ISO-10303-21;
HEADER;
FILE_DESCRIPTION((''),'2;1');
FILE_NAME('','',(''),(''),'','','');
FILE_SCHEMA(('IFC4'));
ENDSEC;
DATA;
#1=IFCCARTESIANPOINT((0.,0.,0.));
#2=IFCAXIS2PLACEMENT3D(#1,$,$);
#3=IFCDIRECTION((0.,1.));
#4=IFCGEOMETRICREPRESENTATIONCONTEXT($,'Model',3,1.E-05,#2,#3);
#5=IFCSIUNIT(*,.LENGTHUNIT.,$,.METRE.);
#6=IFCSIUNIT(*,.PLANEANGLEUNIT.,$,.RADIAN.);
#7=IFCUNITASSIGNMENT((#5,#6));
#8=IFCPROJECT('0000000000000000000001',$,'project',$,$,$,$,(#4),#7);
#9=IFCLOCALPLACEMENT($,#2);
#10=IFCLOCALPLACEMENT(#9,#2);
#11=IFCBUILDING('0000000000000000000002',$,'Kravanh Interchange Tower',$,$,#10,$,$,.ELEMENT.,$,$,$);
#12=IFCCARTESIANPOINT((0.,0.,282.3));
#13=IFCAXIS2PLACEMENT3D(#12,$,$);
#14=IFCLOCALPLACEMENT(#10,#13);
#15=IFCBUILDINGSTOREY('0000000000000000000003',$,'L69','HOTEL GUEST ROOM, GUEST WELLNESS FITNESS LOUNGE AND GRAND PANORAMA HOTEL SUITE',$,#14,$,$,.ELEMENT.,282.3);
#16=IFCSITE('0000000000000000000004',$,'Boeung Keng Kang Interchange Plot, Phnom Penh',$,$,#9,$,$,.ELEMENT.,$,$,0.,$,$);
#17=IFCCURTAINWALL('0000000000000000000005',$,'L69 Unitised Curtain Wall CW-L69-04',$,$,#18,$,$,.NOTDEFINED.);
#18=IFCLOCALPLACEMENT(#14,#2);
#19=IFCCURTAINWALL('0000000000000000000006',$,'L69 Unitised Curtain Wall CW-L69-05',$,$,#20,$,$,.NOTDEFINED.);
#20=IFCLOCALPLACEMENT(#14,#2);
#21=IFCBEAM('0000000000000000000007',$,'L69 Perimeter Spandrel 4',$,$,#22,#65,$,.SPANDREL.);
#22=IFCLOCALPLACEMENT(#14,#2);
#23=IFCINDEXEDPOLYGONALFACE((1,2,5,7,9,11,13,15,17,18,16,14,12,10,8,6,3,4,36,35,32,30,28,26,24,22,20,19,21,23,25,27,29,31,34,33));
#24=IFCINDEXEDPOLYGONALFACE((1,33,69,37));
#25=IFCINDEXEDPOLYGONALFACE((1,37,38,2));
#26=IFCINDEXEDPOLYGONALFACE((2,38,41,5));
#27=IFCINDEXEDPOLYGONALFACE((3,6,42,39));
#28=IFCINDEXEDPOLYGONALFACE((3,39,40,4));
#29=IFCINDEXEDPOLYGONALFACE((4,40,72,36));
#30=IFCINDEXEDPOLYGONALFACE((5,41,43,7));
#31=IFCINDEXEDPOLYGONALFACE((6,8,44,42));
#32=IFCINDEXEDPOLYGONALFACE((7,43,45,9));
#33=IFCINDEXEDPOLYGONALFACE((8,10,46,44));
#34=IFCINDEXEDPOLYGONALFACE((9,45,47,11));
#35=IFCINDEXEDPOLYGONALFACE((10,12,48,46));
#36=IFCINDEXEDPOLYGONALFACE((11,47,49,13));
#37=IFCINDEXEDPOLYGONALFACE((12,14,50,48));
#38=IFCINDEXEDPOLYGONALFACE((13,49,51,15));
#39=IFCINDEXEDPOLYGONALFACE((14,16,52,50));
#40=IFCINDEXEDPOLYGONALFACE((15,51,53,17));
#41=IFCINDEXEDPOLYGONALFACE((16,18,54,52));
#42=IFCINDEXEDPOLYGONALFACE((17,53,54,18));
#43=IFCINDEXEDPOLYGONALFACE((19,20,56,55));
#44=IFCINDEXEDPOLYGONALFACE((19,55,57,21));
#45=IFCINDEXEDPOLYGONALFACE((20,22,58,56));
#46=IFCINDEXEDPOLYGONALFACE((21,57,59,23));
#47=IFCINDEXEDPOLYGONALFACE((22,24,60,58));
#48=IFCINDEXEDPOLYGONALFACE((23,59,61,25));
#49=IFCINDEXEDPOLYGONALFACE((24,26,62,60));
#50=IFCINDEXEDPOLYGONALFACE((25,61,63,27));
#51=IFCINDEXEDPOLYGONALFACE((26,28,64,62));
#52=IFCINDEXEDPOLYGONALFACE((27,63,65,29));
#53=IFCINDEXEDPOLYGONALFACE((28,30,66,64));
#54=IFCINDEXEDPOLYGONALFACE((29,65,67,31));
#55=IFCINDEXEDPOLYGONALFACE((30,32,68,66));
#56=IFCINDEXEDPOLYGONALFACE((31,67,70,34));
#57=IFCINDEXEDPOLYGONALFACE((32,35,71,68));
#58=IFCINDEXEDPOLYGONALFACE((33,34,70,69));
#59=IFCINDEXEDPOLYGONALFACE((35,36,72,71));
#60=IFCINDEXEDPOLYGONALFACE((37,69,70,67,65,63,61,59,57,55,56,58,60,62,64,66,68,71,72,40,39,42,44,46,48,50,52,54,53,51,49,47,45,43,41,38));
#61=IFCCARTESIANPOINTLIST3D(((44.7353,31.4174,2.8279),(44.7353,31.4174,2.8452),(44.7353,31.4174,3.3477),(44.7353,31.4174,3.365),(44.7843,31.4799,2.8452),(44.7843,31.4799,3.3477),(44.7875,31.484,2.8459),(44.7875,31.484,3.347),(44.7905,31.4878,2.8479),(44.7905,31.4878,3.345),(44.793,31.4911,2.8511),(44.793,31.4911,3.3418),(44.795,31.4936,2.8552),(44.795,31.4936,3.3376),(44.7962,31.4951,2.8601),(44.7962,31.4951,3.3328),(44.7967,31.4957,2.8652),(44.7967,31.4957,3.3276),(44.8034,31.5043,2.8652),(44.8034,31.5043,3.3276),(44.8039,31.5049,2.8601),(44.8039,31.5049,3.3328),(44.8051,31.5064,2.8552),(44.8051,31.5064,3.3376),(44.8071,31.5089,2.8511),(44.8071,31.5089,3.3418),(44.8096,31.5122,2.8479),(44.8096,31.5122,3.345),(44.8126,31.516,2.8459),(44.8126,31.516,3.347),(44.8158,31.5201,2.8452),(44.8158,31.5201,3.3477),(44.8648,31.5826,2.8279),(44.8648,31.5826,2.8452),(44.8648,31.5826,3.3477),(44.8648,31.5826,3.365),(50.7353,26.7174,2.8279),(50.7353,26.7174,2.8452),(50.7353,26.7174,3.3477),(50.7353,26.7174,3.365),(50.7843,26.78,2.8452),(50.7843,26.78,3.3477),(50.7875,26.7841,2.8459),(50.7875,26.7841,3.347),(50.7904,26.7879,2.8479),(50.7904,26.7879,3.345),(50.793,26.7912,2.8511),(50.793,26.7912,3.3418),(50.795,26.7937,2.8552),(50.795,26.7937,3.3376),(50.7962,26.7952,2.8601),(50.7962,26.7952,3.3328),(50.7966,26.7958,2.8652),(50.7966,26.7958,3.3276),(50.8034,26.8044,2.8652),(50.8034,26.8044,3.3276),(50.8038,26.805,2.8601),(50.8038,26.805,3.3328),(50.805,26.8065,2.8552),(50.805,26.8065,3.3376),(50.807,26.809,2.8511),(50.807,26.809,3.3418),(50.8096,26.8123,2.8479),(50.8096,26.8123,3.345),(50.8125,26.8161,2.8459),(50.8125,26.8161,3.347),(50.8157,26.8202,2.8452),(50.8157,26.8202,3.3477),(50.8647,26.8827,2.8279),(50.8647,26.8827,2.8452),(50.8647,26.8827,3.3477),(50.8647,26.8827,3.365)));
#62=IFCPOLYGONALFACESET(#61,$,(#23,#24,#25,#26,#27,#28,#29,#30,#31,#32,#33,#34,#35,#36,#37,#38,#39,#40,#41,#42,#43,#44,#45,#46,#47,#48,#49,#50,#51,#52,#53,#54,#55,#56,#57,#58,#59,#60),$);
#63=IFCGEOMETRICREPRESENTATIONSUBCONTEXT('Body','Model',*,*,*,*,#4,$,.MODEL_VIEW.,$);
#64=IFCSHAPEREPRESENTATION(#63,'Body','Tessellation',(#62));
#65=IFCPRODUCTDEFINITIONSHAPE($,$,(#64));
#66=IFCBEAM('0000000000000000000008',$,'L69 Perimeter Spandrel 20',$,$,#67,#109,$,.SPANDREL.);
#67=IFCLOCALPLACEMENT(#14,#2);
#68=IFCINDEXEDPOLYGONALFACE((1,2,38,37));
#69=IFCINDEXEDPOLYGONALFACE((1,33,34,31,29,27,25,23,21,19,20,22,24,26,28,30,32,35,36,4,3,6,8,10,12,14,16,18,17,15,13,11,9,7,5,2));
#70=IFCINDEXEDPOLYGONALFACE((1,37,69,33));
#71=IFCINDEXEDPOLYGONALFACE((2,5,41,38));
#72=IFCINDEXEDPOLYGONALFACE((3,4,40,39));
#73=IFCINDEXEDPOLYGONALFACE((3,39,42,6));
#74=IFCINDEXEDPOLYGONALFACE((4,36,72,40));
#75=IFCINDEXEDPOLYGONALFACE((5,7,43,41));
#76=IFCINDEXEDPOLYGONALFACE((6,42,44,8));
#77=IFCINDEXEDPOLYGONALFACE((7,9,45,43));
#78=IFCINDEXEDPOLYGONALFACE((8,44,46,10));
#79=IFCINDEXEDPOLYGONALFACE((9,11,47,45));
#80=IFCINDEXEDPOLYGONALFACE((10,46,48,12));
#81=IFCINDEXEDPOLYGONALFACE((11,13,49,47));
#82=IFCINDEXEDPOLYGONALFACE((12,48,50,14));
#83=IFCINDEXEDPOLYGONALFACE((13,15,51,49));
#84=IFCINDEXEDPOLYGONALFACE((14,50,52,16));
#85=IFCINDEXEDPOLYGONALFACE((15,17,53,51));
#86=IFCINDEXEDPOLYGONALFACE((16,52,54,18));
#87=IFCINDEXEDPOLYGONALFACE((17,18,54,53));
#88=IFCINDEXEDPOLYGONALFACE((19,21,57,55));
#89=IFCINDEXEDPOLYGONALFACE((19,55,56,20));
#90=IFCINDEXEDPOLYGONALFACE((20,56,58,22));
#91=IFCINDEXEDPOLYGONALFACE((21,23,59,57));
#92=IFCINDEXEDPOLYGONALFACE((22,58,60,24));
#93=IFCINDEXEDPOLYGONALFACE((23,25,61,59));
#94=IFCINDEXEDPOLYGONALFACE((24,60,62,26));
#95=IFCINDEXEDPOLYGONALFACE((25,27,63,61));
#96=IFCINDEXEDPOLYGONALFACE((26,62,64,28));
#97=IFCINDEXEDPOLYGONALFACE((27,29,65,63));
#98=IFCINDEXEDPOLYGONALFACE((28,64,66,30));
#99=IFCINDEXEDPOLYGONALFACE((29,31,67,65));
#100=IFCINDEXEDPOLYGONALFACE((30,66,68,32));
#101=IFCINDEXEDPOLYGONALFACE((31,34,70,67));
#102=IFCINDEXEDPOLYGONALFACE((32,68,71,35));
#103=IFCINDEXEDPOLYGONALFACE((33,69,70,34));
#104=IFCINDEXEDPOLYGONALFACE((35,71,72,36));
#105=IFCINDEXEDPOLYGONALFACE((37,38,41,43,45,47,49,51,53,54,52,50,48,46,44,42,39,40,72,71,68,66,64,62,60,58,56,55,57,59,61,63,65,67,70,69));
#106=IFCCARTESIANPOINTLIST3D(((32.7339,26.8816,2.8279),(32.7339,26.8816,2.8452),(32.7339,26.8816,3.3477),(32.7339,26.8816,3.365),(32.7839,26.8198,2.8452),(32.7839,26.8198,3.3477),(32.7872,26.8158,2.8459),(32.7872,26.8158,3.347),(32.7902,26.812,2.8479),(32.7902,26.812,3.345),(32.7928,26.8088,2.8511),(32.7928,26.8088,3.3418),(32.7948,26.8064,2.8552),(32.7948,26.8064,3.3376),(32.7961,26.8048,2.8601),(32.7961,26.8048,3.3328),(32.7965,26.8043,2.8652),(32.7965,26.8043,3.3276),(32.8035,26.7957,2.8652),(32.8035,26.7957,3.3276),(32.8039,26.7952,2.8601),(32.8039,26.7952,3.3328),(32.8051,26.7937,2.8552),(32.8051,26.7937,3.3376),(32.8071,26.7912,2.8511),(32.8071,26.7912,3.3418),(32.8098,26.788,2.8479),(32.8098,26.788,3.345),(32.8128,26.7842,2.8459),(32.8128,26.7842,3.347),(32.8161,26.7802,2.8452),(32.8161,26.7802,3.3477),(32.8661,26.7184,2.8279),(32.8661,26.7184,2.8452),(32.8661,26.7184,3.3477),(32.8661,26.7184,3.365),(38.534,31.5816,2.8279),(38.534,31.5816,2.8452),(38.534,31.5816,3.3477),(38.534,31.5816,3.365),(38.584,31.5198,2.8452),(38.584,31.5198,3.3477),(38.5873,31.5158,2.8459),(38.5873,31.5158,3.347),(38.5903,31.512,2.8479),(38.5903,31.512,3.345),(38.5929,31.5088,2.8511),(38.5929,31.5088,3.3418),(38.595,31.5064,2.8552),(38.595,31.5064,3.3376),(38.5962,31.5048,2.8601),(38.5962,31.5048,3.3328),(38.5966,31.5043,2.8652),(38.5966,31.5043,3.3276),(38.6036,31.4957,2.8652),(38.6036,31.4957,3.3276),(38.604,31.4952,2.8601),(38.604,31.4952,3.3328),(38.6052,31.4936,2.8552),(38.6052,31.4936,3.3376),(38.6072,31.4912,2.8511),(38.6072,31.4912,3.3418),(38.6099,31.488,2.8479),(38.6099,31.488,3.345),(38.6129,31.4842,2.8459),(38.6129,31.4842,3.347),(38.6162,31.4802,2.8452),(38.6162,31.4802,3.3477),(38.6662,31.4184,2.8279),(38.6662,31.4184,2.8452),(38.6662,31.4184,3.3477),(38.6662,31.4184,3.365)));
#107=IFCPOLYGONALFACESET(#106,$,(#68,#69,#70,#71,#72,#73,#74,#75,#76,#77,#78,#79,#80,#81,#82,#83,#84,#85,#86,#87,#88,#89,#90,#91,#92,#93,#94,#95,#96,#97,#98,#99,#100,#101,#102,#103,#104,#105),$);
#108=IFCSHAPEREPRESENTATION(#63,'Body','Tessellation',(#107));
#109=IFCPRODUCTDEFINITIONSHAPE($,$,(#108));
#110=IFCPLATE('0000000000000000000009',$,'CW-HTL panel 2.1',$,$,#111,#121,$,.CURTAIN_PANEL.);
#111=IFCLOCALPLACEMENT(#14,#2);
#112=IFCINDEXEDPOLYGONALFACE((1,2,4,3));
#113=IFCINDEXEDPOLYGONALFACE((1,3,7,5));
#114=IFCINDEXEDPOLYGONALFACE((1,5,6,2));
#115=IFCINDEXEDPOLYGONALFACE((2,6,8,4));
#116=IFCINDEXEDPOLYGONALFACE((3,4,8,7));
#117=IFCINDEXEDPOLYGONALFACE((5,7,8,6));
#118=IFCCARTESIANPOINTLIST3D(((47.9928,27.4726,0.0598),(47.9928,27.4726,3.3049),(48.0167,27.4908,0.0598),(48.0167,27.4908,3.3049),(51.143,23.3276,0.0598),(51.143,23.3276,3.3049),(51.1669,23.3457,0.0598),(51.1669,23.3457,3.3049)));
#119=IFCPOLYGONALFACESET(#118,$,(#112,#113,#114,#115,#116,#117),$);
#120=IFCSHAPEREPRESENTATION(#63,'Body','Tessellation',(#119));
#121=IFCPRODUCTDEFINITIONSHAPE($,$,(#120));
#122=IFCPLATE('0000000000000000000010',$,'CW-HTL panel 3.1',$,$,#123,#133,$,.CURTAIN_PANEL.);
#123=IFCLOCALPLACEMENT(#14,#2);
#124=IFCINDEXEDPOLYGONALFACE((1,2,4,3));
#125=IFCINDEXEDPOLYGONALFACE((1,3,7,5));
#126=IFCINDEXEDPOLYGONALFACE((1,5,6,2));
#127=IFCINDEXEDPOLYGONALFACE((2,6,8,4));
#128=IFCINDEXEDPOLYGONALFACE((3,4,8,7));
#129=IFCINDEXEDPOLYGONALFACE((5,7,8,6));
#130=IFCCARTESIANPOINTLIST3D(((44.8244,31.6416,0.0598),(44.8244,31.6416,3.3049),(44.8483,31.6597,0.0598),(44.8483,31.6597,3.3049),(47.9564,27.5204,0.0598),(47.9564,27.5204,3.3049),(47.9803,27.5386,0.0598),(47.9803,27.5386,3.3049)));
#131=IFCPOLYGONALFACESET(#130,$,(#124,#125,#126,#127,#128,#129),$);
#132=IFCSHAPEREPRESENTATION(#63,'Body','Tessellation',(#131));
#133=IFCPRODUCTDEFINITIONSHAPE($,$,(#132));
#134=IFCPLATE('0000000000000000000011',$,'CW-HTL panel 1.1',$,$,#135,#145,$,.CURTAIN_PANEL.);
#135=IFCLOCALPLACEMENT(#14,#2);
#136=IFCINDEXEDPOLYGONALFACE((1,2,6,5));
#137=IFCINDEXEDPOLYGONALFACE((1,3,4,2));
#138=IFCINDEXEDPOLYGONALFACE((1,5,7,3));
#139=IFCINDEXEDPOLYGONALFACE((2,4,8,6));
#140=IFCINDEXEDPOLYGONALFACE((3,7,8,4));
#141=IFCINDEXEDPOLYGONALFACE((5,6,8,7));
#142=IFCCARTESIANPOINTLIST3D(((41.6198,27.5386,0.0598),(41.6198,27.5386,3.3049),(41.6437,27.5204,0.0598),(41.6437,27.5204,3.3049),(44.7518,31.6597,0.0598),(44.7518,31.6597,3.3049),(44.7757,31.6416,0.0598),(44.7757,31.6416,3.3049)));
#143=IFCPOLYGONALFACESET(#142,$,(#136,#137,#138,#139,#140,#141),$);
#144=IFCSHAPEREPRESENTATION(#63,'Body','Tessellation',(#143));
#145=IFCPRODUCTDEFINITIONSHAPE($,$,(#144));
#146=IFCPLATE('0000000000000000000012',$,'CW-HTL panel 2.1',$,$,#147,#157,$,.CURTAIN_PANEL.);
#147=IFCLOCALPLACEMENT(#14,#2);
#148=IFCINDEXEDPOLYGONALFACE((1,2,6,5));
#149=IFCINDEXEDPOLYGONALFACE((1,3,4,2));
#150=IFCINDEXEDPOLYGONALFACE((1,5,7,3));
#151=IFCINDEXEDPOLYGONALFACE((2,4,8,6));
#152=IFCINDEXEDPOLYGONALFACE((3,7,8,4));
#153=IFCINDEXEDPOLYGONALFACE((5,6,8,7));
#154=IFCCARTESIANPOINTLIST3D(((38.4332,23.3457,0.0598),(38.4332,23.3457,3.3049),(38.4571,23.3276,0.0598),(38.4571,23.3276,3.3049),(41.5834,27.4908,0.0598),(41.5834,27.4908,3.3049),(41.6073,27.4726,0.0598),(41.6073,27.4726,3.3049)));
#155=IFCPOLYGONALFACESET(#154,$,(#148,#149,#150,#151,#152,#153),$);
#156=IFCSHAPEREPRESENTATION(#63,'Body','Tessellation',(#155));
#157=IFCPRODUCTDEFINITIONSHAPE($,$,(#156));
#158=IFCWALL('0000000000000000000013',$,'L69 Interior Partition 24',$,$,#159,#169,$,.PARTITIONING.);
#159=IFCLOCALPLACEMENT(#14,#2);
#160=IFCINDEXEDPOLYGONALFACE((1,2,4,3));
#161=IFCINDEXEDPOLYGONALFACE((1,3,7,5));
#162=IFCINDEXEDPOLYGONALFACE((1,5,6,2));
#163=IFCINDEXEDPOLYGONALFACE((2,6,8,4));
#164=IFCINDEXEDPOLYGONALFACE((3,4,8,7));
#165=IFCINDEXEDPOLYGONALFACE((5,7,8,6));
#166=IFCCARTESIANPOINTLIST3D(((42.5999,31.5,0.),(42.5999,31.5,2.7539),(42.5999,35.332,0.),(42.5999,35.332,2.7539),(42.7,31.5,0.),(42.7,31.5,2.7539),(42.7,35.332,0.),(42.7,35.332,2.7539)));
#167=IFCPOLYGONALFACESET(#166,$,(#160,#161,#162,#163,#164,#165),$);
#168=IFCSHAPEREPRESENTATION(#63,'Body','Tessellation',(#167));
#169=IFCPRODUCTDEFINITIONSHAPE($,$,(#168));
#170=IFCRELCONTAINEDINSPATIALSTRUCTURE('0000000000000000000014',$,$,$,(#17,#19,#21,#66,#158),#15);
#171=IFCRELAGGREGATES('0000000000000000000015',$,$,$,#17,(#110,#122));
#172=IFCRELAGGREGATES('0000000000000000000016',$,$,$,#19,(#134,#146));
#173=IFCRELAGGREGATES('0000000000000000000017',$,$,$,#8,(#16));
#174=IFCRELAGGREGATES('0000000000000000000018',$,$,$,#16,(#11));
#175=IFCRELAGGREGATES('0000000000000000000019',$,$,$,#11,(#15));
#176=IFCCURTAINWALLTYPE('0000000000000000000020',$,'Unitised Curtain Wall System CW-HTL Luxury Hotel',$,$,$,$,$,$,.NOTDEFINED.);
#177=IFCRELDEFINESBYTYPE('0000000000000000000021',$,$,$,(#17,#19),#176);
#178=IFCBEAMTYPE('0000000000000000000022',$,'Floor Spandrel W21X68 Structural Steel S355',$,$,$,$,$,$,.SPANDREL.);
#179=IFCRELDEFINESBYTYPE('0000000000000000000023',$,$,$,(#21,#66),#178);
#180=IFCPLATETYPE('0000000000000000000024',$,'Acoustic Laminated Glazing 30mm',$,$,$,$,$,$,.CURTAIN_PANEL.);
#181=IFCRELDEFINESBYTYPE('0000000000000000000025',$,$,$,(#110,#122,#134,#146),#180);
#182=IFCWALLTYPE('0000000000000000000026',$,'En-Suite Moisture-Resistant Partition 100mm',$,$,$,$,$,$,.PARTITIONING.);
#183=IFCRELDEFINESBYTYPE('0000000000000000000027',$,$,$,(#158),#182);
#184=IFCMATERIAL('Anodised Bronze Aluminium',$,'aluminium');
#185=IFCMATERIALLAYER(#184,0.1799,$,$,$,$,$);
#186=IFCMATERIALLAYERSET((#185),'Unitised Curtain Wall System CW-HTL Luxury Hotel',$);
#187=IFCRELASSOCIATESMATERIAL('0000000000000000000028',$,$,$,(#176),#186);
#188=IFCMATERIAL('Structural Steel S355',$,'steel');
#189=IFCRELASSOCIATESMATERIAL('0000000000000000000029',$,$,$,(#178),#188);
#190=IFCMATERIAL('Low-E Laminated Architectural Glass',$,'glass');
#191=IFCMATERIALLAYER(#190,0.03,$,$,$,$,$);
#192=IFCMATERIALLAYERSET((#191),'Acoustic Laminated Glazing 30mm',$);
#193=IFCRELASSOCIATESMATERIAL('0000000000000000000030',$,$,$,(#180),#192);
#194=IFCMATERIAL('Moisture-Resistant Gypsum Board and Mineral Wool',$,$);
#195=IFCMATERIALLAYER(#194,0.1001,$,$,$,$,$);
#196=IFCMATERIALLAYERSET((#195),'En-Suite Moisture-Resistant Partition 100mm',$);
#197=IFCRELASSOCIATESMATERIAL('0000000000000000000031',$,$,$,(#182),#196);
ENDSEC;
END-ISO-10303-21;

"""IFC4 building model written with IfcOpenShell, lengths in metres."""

from ifc_helpers import new_model, si_unit, direction, frame, frame_2d, origin, origin_2d, place, context, subcontext, project, spatial, rectangle, i_section, extrude, material, layer, layer_set, material_profile, profile_set, type_object, element, aggregate, save


model = new_model("IFC4")

# Units and contexts
model_context = context("Model", 3, precision=1e-05, world=origin(), true_north=direction((0.0, 1.0)))
body_context = subcontext(model_context, "Body", "Model", "MODEL_VIEW")
ifc_project = project(units=[si_unit("LENGTHUNIT", "METRE"), si_unit("PLANEANGLEUNIT", "RADIAN")], contexts=[model_context])

# Site, building, storey
site_placement = place(None, origin())
site = spatial("IfcSite", under=ifc_project, at=site_placement, Name="Boeung Keng Kang Interchange Plot, Phnom Penh", CompositionType="ELEMENT", RefElevation=0.0)
building_placement = place(site_placement, origin())
building = spatial("IfcBuilding", under=site, at=building_placement, Name="Kravanh Interchange Tower", CompositionType="ELEMENT")
storey_placement = place(building_placement, frame((0.0, 0.0, 282.3)))
storey = spatial("IfcBuildingStorey", under=building, at=storey_placement, Name="L69", Description="HOTEL GUEST ROOM, GUEST WELLNESS FITNESS LOUNGE AND GRAND PANORAMA HOTEL SUITE", CompositionType="ELEMENT", Elevation=282.3)

# Curtain walls
ifc_material_1 = material(Name="Anodised Bronze Aluminium", Category="aluminium")
ifc_layer_1 = layer(ifc_material_1, 0.1799)
ifc_layer_set_1 = layer_set([ifc_layer_1], Name="Unitised Curtain Wall System CW-HTL Luxury Hotel")
curtain_wall_type = type_object("IfcCurtainWallType", Name="Unitised Curtain Wall System CW-HTL Luxury Hotel", PredefinedType="NOTDEFINED", material=ifc_layer_set_1)
curtain_wall_1_placement = place(storey_placement, origin())
curtain_wall_1 = element("IfcCurtainWall", 1, at=curtain_wall_1_placement, inside=storey, type_object=curtain_wall_type, Name="L69 Unitised Curtain Wall CW-L69-04", PredefinedType="NOTDEFINED")
curtain_wall_2_placement = place(storey_placement, origin())
curtain_wall_2 = element("IfcCurtainWall", 2, at=curtain_wall_2_placement, inside=storey, type_object=curtain_wall_type, Name="L69 Unitised Curtain Wall CW-L69-05", PredefinedType="NOTDEFINED")

# Beams
ifc_material_2 = material(Name="Structural Steel S355", Category="steel")
ifc_material_profile_1 = material_profile(ifc_material_2, i_section(OverallWidth=0.21, OverallDepth=0.5371, WebThickness=0.011, FlangeThickness=0.0173, FilletRadius=0.02, at=origin_2d()), Name="W21X68")
ifc_profile_set_1 = profile_set([ifc_material_profile_1], Name="Structural Steel S355")
beam_type_1 = type_object("IfcBeamType", Name="Floor Spandrel W21X68 Structural Steel S355", PredefinedType="SPANDREL", material=ifc_profile_set_1)
beam_1_placement = place(storey_placement, frame((44.8, 31.5, 3.0964), z_axis=(0.787231, -0.616658, 0.0), x_axis=(0.616658, 0.787231, 0.0)))
element("IfcBeam", 3, at=beam_1_placement, inside=storey, type_object=beam_type_1, Name="L69 Perimeter Spandrel 4", PredefinedType="SPANDREL", context=body_context, shape_type="SweptSolid", body=[
    extrude(i_section(OverallWidth=0.21, OverallDepth=0.5371, WebThickness=0.011, FlangeThickness=0.0173, FilletRadius=0.02, at=origin_2d()), origin(), (0.0, 0.0, 1.0), 7.6216),
])
beam_2_placement = place(storey_placement, frame((38.6001, 31.5, 3.0964), z_axis=(-0.776939, -0.629576, 0.0), x_axis=(0.629576, -0.776939, 0.0)))
element("IfcBeam", 4, at=beam_2_placement, inside=storey, type_object=beam_type_1, Name="L69 Perimeter Spandrel 20", PredefinedType="SPANDREL", context=body_context, shape_type="SweptSolid", body=[
    extrude(i_section(OverallWidth=0.21, OverallDepth=0.5371, WebThickness=0.011, FlangeThickness=0.0173, FilletRadius=0.02, at=origin_2d()), origin(), (0.0, 0.0, 1.0), 7.4653),
])

# Plates
ifc_material_3 = material(Name="Low-E Laminated Architectural Glass", Category="glass")
ifc_layer_2 = layer(ifc_material_3, 0.03)
ifc_layer_set_2 = layer_set([ifc_layer_2], Name="Acoustic Laminated Glazing 30mm")
plate_type = type_object("IfcPlateType", Name="Acoustic Laminated Glazing 30mm", PredefinedType="CURTAIN_PANEL", material=ifc_layer_set_2)
plate_1_placement = place(storey_placement, frame((49.5798, 25.4092, 0.0598), z_axis=(0.0, 0.0, 1.0), x_axis=(-0.605083, 0.796162, 0.0)))
plate_1 = element("IfcPlate", 5, at=plate_1_placement, type_object=plate_type, Name="CW-HTL panel 2.1", PredefinedType="CURTAIN_PANEL", context=body_context, shape_type="SweptSolid", body=[
    extrude(rectangle(XDim=5.2063, YDim=0.03, at=origin_2d()), origin(), (0.0, 0.0, 1.0), 3.2451),
])
plate_2_placement = place(storey_placement, frame((46.4023, 29.5901, 0.0598), z_axis=(0.0, 0.0, 1.0), x_axis=(-0.605083, 0.796162, 0.0)))
plate_2 = element("IfcPlate", 6, at=plate_2_placement, type_object=plate_type, Name="CW-HTL panel 3.1", PredefinedType="CURTAIN_PANEL", context=body_context, shape_type="SweptSolid", body=[
    extrude(rectangle(XDim=5.1763, YDim=0.03, at=origin_2d()), origin(), (0.0, 0.0, 1.0), 3.2451),
])
aggregate(curtain_wall_1, [plate_1, plate_2])
plate_3_placement = place(storey_placement, frame((43.1978, 29.5901, 0.0598), z_axis=(0.0, 0.0, 1.0), x_axis=(-0.605083, -0.796162, 0.0)))
plate_3 = element("IfcPlate", 7, at=plate_3_placement, type_object=plate_type, Name="CW-HTL panel 1.1", PredefinedType="CURTAIN_PANEL", context=body_context, shape_type="SweptSolid", body=[
    extrude(rectangle(XDim=5.1763, YDim=0.03, at=origin_2d()), origin(), (0.0, 0.0, 1.0), 3.2451),
])
plate_4_placement = place(storey_placement, frame((40.0203, 25.4092, 0.0598), z_axis=(0.0, 0.0, 1.0), x_axis=(-0.605083, -0.796162, 0.0)))
plate_4 = element("IfcPlate", 8, at=plate_4_placement, type_object=plate_type, Name="CW-HTL panel 2.1", PredefinedType="CURTAIN_PANEL", context=body_context, shape_type="SweptSolid", body=[
    extrude(rectangle(XDim=5.2063, YDim=0.03, at=origin_2d()), origin(), (0.0, 0.0, 1.0), 3.2451),
])
aggregate(curtain_wall_2, [plate_3, plate_4])

# Shared definitions
ifc_material_4 = material(Name="Moisture-Resistant Gypsum Board and Mineral Wool")
ifc_layer_3 = layer(ifc_material_4, 0.1001)
ifc_layer_set_3 = layer_set([ifc_layer_3], Name="En-Suite Moisture-Resistant Partition 100mm")
wall_type_1 = type_object("IfcWallType", Name="En-Suite Moisture-Resistant Partition 100mm", PredefinedType="PARTITIONING", material=ifc_layer_set_3)

# Wall
wall_1_placement = place(storey_placement, frame((42.6499, 31.5, 0.0), z_axis=(0.0, 0.0, 1.0), x_axis=(0.0, 1.0, 0.0)))
element("IfcWall", 9, at=wall_1_placement, inside=storey, type_object=wall_type_1, Name="L69 Interior Partition 24", PredefinedType="PARTITIONING", context=body_context, shape_type="SweptSolid", body=[
    extrude(rectangle(XDim=3.832, YDim=0.1001, at=frame_2d((1.916, 0.0))), origin(), (0.0, 0.0, 1.0), 2.7539),
])

save(model, "model.ifc")
